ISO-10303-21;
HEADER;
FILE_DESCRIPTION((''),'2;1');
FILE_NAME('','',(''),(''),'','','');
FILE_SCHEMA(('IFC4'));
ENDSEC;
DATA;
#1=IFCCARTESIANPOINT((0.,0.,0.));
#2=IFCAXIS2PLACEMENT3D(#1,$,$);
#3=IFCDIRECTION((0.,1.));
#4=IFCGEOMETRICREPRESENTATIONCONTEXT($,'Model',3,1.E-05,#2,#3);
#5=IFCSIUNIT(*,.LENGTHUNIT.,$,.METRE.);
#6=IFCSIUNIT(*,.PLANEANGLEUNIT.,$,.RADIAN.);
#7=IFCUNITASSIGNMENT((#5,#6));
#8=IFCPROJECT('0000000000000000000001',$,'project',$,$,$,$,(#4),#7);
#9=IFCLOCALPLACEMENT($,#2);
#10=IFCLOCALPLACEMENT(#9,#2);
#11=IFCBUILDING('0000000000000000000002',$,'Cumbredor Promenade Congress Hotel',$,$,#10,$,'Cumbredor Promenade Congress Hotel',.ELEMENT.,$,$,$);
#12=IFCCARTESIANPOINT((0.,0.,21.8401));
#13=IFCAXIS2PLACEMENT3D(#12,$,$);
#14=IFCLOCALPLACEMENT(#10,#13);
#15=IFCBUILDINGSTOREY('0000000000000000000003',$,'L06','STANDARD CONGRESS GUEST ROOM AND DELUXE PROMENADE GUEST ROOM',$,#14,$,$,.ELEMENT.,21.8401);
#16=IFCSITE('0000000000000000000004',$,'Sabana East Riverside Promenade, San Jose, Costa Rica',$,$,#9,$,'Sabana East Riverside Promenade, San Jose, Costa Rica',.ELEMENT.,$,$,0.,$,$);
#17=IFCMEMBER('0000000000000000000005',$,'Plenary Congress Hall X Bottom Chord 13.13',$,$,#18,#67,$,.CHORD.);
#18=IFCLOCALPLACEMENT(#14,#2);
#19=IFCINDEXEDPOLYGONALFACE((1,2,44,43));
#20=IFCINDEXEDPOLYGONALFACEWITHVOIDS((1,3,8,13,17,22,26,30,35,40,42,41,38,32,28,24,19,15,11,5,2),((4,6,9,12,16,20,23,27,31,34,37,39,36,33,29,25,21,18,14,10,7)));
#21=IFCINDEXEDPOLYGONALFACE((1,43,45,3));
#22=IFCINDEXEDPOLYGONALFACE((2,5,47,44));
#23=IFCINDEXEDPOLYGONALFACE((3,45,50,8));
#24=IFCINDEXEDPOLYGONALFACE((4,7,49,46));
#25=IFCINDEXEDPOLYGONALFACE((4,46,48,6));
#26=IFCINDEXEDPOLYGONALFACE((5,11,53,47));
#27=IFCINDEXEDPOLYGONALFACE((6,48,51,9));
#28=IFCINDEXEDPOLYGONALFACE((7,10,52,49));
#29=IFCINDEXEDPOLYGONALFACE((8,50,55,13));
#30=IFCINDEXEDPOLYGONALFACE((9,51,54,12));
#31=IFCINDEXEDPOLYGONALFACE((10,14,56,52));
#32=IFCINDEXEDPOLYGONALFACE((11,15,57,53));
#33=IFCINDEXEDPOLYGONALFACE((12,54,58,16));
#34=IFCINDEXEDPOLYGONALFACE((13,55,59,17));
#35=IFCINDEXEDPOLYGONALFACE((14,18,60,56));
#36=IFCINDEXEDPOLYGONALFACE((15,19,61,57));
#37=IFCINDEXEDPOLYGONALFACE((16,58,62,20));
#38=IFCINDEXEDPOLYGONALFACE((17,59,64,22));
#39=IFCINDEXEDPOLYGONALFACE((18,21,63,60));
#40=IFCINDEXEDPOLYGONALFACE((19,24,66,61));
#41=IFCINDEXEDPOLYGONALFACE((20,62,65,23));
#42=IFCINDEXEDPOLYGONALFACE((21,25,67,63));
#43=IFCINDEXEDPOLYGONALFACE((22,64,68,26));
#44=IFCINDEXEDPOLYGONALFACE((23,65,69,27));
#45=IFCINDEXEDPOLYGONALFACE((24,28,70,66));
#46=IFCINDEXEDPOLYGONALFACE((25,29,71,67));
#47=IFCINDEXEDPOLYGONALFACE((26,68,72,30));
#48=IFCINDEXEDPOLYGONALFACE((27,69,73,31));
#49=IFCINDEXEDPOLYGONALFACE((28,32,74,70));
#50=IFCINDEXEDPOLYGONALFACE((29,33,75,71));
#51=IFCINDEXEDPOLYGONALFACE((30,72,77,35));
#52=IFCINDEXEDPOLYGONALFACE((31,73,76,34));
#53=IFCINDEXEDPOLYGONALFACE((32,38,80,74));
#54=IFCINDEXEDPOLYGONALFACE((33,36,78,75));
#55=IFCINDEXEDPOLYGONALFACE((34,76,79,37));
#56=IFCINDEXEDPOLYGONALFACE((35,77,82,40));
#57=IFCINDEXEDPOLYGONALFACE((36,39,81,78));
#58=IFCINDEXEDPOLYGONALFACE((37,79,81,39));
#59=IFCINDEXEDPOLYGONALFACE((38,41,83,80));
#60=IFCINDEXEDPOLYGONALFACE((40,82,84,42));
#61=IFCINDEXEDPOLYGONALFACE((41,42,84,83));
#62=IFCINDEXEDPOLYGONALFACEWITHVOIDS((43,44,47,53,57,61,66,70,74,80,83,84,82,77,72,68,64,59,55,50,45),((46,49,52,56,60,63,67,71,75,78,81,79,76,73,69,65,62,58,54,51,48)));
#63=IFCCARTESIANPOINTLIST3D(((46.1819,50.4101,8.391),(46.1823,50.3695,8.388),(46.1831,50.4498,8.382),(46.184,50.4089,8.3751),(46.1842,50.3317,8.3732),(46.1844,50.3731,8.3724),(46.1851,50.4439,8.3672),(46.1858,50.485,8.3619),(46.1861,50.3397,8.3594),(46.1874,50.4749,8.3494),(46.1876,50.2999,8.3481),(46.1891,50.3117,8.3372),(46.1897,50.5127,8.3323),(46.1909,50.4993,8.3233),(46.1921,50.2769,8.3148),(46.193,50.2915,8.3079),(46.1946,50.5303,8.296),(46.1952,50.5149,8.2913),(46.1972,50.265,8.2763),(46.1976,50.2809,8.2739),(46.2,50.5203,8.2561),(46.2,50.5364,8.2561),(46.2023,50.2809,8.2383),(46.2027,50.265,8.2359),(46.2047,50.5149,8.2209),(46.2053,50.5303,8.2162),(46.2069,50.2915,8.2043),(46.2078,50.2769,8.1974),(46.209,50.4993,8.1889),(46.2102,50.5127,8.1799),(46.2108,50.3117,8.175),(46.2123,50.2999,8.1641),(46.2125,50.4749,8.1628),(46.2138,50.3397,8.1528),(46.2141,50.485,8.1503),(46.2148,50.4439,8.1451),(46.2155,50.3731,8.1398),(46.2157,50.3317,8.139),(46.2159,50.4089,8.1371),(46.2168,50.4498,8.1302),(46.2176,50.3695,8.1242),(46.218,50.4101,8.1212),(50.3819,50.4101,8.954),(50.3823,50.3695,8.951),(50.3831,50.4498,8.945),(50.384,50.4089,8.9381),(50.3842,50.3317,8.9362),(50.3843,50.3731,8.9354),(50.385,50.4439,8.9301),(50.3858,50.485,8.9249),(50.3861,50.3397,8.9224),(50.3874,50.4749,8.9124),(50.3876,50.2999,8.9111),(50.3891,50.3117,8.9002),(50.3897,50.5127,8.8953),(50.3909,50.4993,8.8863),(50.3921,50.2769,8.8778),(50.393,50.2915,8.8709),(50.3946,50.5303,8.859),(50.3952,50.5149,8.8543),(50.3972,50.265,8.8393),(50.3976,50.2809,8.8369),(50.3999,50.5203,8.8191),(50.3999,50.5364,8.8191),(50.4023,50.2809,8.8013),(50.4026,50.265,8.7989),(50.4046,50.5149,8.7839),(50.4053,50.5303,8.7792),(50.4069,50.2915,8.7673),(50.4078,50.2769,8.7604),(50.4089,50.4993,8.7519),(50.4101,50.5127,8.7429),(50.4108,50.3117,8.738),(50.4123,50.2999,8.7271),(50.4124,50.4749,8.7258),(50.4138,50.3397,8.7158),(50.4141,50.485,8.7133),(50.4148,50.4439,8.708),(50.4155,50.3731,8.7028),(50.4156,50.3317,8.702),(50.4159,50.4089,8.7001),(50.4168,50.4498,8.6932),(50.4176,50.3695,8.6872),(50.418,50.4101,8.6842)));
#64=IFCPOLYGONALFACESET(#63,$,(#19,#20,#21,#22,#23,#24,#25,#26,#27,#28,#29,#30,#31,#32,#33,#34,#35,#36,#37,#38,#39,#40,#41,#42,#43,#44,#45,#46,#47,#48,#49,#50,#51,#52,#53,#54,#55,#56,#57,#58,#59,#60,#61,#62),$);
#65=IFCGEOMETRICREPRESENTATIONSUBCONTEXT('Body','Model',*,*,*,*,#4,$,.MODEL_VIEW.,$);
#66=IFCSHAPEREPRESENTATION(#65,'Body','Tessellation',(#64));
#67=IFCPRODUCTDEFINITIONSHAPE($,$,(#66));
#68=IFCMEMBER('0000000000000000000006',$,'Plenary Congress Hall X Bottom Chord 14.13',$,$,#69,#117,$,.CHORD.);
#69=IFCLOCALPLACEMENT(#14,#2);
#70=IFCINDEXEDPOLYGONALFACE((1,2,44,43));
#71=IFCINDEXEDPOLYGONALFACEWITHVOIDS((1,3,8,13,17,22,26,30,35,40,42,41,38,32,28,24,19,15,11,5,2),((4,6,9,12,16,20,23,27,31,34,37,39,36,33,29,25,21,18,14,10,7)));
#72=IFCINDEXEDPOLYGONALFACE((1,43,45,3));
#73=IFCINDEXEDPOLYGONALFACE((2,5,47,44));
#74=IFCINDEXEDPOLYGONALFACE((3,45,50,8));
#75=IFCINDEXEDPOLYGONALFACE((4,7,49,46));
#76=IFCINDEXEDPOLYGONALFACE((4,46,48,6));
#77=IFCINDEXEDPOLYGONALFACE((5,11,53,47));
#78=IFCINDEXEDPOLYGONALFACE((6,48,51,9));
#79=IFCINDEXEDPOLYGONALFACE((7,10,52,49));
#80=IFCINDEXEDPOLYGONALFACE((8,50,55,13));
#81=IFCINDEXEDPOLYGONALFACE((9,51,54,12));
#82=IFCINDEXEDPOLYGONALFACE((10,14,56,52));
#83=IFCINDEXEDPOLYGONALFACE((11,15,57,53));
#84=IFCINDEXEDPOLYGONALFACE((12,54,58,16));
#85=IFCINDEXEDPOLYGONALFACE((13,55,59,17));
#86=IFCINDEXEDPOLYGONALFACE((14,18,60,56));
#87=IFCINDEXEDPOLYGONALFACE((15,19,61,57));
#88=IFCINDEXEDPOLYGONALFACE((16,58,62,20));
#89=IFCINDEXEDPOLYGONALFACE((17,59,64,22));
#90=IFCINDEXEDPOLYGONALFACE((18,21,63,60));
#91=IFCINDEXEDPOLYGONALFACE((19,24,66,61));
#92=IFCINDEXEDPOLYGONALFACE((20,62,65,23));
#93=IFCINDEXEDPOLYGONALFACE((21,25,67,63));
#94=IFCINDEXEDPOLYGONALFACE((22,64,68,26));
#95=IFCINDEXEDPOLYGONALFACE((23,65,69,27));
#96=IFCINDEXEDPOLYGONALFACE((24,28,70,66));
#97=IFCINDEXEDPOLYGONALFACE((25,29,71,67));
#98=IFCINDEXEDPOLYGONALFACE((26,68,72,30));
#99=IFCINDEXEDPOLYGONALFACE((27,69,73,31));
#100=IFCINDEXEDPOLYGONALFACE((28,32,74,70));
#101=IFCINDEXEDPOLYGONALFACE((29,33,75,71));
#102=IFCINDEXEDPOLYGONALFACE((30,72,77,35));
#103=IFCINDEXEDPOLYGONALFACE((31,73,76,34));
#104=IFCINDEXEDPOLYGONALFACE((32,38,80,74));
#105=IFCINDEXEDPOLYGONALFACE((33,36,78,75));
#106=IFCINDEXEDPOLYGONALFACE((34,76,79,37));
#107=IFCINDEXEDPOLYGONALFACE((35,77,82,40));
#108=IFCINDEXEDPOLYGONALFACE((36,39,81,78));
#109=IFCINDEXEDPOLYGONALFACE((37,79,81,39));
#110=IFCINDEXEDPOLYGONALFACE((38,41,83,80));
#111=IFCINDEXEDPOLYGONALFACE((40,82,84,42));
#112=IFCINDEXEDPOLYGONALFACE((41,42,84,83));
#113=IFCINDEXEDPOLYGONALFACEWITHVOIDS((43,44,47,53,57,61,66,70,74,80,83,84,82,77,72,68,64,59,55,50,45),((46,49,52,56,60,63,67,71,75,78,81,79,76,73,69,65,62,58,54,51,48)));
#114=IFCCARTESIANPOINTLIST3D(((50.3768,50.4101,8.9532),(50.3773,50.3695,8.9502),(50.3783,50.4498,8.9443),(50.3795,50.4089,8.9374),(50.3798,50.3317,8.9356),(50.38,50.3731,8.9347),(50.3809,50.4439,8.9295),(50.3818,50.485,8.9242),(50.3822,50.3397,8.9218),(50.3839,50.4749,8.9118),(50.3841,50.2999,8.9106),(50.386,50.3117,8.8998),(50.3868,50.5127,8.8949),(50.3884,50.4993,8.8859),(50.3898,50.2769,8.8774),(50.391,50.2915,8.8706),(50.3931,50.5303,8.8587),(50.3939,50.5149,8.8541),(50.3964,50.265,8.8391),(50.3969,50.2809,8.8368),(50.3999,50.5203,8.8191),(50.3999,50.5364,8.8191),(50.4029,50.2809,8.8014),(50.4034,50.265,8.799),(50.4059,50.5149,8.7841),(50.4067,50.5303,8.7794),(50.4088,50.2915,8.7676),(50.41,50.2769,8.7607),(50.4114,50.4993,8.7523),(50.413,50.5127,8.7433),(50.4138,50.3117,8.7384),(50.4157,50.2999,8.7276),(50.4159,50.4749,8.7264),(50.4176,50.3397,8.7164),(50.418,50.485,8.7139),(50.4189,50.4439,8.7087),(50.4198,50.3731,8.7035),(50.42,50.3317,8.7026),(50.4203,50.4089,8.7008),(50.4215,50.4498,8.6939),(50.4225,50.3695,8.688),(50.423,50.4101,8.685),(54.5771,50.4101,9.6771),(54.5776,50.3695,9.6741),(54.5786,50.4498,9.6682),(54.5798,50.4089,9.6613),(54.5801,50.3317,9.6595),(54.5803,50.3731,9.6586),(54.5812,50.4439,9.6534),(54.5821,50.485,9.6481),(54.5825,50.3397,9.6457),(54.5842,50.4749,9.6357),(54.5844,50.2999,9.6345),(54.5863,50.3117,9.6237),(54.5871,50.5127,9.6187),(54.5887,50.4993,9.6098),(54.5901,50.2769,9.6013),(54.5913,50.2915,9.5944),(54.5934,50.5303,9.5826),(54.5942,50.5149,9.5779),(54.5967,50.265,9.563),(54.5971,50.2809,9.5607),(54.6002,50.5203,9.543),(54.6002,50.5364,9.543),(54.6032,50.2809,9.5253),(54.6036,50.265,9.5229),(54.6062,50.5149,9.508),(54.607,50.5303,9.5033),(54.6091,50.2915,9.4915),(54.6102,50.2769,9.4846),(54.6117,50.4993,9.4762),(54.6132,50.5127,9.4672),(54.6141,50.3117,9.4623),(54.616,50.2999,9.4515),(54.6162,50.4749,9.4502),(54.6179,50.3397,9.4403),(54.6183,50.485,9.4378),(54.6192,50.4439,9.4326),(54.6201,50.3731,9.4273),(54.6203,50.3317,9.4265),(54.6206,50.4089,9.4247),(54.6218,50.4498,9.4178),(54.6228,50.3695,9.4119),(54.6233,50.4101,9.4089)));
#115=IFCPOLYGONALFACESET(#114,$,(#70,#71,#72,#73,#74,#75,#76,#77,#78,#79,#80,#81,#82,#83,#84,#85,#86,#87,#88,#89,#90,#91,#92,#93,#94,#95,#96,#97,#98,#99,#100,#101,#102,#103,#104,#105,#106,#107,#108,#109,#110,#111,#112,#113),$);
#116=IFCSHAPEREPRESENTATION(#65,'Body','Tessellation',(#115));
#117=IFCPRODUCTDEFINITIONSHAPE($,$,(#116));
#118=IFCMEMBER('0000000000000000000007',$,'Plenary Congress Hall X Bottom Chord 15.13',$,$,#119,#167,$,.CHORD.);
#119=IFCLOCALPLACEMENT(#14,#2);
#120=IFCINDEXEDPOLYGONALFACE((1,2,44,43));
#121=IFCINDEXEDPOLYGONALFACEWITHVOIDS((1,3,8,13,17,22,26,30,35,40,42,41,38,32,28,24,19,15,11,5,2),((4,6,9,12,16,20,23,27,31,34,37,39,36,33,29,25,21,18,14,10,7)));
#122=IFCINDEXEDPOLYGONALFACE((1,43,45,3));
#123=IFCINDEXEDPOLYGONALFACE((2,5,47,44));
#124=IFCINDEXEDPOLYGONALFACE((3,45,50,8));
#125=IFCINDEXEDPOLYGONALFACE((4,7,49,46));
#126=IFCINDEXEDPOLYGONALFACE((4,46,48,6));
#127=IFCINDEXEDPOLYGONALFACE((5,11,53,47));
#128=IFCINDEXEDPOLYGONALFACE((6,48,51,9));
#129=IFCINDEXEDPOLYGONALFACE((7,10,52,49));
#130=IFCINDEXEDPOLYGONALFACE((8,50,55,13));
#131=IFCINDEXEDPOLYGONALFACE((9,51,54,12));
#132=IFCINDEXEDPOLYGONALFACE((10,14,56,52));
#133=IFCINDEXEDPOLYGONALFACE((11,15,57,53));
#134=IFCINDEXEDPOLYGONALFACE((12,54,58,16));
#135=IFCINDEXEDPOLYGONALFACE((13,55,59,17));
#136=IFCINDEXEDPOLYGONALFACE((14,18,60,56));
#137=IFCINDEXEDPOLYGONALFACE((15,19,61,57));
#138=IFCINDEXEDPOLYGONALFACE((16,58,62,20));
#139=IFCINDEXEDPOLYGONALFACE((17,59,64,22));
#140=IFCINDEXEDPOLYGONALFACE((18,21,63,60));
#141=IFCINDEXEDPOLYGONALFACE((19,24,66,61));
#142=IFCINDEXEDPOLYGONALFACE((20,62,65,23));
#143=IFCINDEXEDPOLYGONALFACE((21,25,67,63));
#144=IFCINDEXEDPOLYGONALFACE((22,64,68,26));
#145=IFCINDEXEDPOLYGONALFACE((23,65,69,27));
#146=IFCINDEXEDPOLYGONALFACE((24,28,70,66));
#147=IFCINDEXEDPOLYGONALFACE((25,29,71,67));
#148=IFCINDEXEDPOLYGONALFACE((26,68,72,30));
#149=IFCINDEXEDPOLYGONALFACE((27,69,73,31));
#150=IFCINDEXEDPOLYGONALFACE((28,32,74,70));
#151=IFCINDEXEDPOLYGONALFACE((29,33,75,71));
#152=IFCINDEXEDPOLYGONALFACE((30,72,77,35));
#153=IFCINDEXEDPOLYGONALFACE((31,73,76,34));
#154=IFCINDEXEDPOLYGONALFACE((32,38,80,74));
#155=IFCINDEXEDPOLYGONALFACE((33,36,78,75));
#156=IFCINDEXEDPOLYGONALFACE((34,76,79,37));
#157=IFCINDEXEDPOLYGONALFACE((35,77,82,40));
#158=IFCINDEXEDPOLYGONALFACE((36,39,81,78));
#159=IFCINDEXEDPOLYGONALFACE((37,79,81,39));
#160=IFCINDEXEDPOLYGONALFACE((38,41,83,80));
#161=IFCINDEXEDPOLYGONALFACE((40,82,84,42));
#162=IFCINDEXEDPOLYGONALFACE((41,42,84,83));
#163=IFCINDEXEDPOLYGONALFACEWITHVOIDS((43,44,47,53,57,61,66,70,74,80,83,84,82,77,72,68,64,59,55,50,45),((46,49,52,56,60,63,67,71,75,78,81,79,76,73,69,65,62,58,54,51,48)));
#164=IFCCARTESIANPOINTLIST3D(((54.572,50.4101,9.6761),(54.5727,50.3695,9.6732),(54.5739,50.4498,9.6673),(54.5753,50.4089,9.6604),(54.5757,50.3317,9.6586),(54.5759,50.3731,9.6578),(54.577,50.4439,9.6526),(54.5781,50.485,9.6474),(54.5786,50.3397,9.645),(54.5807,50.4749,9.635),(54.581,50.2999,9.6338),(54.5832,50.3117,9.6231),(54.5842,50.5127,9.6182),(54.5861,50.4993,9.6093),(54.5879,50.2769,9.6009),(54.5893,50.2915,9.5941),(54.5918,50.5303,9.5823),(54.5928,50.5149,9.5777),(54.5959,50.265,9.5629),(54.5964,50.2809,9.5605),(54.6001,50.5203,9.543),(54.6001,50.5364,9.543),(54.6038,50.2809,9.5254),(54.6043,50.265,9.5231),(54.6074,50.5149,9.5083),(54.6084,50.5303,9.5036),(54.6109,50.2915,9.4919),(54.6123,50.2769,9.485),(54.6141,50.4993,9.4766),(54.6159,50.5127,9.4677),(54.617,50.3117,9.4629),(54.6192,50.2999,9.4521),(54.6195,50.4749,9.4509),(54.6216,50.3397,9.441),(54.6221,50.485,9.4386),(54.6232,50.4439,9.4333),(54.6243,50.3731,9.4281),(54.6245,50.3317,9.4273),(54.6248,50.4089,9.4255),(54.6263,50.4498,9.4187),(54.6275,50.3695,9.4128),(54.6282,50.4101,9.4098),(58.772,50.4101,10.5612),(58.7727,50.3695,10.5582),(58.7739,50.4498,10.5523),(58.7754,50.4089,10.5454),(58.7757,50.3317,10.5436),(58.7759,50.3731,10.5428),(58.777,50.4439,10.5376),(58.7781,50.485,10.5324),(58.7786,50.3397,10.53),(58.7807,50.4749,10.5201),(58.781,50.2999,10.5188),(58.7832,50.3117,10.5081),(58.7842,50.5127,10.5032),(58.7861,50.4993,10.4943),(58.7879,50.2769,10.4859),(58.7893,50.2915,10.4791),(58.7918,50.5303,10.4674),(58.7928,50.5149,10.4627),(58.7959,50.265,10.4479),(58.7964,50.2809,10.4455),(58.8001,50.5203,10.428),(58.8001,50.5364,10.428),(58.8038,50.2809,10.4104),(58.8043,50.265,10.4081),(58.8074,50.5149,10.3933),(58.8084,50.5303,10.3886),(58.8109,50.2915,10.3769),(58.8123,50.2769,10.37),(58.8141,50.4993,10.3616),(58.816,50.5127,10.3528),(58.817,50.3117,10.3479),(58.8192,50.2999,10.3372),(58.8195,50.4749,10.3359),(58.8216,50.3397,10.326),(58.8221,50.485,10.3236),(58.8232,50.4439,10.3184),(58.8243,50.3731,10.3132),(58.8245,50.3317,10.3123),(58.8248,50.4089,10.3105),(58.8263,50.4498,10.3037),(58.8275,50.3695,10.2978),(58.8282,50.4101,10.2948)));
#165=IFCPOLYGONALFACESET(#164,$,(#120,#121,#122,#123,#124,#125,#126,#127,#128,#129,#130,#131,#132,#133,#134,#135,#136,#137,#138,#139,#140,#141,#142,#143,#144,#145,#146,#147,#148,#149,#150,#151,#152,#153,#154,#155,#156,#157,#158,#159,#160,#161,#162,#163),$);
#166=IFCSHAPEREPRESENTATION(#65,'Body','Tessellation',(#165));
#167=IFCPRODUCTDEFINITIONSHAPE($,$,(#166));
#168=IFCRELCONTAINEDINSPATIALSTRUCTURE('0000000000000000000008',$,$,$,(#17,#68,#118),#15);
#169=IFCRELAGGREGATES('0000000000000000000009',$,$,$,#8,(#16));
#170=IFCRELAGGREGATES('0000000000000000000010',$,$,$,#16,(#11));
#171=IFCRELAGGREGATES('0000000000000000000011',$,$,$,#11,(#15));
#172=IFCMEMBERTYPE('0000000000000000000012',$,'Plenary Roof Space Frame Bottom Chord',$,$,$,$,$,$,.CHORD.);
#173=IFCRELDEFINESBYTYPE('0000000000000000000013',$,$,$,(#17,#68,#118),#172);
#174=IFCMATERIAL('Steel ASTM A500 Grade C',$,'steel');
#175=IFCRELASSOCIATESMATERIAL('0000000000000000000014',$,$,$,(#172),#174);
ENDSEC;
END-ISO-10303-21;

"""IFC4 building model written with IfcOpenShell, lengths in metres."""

from ifc_helpers import new_model, si_unit, direction, frame, origin, origin_2d, place, context, subcontext, project, spatial, hollow_circle, extrude, material, material_profile, profile_set, type_object, element, save


model = new_model("IFC4")

# Units and contexts
model_context = context("Model", 3, precision=1e-05, world=origin(), true_north=direction((0.0, 1.0)))
body_context = subcontext(model_context, "Body", "Model", "MODEL_VIEW")
ifc_project = project(units=[si_unit("LENGTHUNIT", "METRE"), si_unit("PLANEANGLEUNIT", "RADIAN")], contexts=[model_context])

# Site, building, storey
site_placement = place(None, origin())
site = spatial("IfcSite", under=ifc_project, at=site_placement, Name="Sabana East Riverside Promenade, San Jose, Costa Rica", LongName="Sabana East Riverside Promenade, San Jose, Costa Rica", CompositionType="ELEMENT", RefElevation=0.0)
building_placement = place(site_placement, origin())
building = spatial("IfcBuilding", under=site, at=building_placement, Name="Cumbredor Promenade Congress Hotel", LongName="Cumbredor Promenade Congress Hotel", CompositionType="ELEMENT")
storey_placement = place(building_placement, frame((0.0, 0.0, 21.8401)))
storey = spatial("IfcBuildingStorey", under=building, at=storey_placement, Name="L06", Description="STANDARD CONGRESS GUEST ROOM AND DELUXE PROMENADE GUEST ROOM", CompositionType="ELEMENT", Elevation=21.8401)

# Members
ifc_material_1 = material(Name="Steel ASTM A500 Grade C", Category="steel")
ifc_material_profile_1 = material_profile(ifc_material_1, hollow_circle(Radius=0.1365, WallThickness=0.0161, at=origin_2d()), Name="CHS 273.0x16")
ifc_profile_set_1 = profile_set([ifc_material_profile_1], Name="Steel ASTM A500 Grade C")
member_type_1 = type_object("IfcMemberType", Name="Plenary Roof Space Frame Bottom Chord", PredefinedType="CHORD", material=ifc_profile_set_1)
member_1_placement = place(storey_placement, frame((46.2, 50.3999, 8.2561), z_axis=(0.991135, 0.0, 0.132858), x_axis=(0.0, 1.0, 0.0)))
element("IfcMember", 1, at=member_1_placement, inside=storey, type_object=member_type_1, Name="Plenary Congress Hall X Bottom Chord 13.13", PredefinedType="CHORD", context=body_context, shape_type="SweptSolid", body=[
    extrude(hollow_circle(Radius=0.1365, WallThickness=0.0161, at=origin_2d()), origin(), (0.0, 0.0, 1.0), 4.2375),
])
member_2_placement = place(storey_placement, frame((50.3999, 50.3999, 8.8191), z_axis=(0.985472, 0.0, 0.16984), x_axis=(0.0, 1.0, 0.0)))
element("IfcMember", 2, at=member_2_placement, inside=storey, type_object=member_type_1, Name="Plenary Congress Hall X Bottom Chord 14.13", PredefinedType="CHORD", context=body_context, shape_type="SweptSolid", body=[
    extrude(hollow_circle(Radius=0.1365, WallThickness=0.0161, at=origin_2d()), origin(), (0.0, 0.0, 1.0), 4.2622),
])
member_3_placement = place(storey_placement, frame((54.6001, 50.3999, 9.543), z_axis=(0.978512, 0.0, 0.206191), x_axis=(0.0, 1.0, 0.0)))
element("IfcMember", 3, at=member_3_placement, inside=storey, type_object=member_type_1, Name="Plenary Congress Hall X Bottom Chord 15.13", PredefinedType="CHORD", context=body_context, shape_type="SweptSolid", body=[
    extrude(hollow_circle(Radius=0.1365, WallThickness=0.0161, at=origin_2d()), origin(), (0.0, 0.0, 1.0), 4.2922),
])

save(model, "model.ifc")
